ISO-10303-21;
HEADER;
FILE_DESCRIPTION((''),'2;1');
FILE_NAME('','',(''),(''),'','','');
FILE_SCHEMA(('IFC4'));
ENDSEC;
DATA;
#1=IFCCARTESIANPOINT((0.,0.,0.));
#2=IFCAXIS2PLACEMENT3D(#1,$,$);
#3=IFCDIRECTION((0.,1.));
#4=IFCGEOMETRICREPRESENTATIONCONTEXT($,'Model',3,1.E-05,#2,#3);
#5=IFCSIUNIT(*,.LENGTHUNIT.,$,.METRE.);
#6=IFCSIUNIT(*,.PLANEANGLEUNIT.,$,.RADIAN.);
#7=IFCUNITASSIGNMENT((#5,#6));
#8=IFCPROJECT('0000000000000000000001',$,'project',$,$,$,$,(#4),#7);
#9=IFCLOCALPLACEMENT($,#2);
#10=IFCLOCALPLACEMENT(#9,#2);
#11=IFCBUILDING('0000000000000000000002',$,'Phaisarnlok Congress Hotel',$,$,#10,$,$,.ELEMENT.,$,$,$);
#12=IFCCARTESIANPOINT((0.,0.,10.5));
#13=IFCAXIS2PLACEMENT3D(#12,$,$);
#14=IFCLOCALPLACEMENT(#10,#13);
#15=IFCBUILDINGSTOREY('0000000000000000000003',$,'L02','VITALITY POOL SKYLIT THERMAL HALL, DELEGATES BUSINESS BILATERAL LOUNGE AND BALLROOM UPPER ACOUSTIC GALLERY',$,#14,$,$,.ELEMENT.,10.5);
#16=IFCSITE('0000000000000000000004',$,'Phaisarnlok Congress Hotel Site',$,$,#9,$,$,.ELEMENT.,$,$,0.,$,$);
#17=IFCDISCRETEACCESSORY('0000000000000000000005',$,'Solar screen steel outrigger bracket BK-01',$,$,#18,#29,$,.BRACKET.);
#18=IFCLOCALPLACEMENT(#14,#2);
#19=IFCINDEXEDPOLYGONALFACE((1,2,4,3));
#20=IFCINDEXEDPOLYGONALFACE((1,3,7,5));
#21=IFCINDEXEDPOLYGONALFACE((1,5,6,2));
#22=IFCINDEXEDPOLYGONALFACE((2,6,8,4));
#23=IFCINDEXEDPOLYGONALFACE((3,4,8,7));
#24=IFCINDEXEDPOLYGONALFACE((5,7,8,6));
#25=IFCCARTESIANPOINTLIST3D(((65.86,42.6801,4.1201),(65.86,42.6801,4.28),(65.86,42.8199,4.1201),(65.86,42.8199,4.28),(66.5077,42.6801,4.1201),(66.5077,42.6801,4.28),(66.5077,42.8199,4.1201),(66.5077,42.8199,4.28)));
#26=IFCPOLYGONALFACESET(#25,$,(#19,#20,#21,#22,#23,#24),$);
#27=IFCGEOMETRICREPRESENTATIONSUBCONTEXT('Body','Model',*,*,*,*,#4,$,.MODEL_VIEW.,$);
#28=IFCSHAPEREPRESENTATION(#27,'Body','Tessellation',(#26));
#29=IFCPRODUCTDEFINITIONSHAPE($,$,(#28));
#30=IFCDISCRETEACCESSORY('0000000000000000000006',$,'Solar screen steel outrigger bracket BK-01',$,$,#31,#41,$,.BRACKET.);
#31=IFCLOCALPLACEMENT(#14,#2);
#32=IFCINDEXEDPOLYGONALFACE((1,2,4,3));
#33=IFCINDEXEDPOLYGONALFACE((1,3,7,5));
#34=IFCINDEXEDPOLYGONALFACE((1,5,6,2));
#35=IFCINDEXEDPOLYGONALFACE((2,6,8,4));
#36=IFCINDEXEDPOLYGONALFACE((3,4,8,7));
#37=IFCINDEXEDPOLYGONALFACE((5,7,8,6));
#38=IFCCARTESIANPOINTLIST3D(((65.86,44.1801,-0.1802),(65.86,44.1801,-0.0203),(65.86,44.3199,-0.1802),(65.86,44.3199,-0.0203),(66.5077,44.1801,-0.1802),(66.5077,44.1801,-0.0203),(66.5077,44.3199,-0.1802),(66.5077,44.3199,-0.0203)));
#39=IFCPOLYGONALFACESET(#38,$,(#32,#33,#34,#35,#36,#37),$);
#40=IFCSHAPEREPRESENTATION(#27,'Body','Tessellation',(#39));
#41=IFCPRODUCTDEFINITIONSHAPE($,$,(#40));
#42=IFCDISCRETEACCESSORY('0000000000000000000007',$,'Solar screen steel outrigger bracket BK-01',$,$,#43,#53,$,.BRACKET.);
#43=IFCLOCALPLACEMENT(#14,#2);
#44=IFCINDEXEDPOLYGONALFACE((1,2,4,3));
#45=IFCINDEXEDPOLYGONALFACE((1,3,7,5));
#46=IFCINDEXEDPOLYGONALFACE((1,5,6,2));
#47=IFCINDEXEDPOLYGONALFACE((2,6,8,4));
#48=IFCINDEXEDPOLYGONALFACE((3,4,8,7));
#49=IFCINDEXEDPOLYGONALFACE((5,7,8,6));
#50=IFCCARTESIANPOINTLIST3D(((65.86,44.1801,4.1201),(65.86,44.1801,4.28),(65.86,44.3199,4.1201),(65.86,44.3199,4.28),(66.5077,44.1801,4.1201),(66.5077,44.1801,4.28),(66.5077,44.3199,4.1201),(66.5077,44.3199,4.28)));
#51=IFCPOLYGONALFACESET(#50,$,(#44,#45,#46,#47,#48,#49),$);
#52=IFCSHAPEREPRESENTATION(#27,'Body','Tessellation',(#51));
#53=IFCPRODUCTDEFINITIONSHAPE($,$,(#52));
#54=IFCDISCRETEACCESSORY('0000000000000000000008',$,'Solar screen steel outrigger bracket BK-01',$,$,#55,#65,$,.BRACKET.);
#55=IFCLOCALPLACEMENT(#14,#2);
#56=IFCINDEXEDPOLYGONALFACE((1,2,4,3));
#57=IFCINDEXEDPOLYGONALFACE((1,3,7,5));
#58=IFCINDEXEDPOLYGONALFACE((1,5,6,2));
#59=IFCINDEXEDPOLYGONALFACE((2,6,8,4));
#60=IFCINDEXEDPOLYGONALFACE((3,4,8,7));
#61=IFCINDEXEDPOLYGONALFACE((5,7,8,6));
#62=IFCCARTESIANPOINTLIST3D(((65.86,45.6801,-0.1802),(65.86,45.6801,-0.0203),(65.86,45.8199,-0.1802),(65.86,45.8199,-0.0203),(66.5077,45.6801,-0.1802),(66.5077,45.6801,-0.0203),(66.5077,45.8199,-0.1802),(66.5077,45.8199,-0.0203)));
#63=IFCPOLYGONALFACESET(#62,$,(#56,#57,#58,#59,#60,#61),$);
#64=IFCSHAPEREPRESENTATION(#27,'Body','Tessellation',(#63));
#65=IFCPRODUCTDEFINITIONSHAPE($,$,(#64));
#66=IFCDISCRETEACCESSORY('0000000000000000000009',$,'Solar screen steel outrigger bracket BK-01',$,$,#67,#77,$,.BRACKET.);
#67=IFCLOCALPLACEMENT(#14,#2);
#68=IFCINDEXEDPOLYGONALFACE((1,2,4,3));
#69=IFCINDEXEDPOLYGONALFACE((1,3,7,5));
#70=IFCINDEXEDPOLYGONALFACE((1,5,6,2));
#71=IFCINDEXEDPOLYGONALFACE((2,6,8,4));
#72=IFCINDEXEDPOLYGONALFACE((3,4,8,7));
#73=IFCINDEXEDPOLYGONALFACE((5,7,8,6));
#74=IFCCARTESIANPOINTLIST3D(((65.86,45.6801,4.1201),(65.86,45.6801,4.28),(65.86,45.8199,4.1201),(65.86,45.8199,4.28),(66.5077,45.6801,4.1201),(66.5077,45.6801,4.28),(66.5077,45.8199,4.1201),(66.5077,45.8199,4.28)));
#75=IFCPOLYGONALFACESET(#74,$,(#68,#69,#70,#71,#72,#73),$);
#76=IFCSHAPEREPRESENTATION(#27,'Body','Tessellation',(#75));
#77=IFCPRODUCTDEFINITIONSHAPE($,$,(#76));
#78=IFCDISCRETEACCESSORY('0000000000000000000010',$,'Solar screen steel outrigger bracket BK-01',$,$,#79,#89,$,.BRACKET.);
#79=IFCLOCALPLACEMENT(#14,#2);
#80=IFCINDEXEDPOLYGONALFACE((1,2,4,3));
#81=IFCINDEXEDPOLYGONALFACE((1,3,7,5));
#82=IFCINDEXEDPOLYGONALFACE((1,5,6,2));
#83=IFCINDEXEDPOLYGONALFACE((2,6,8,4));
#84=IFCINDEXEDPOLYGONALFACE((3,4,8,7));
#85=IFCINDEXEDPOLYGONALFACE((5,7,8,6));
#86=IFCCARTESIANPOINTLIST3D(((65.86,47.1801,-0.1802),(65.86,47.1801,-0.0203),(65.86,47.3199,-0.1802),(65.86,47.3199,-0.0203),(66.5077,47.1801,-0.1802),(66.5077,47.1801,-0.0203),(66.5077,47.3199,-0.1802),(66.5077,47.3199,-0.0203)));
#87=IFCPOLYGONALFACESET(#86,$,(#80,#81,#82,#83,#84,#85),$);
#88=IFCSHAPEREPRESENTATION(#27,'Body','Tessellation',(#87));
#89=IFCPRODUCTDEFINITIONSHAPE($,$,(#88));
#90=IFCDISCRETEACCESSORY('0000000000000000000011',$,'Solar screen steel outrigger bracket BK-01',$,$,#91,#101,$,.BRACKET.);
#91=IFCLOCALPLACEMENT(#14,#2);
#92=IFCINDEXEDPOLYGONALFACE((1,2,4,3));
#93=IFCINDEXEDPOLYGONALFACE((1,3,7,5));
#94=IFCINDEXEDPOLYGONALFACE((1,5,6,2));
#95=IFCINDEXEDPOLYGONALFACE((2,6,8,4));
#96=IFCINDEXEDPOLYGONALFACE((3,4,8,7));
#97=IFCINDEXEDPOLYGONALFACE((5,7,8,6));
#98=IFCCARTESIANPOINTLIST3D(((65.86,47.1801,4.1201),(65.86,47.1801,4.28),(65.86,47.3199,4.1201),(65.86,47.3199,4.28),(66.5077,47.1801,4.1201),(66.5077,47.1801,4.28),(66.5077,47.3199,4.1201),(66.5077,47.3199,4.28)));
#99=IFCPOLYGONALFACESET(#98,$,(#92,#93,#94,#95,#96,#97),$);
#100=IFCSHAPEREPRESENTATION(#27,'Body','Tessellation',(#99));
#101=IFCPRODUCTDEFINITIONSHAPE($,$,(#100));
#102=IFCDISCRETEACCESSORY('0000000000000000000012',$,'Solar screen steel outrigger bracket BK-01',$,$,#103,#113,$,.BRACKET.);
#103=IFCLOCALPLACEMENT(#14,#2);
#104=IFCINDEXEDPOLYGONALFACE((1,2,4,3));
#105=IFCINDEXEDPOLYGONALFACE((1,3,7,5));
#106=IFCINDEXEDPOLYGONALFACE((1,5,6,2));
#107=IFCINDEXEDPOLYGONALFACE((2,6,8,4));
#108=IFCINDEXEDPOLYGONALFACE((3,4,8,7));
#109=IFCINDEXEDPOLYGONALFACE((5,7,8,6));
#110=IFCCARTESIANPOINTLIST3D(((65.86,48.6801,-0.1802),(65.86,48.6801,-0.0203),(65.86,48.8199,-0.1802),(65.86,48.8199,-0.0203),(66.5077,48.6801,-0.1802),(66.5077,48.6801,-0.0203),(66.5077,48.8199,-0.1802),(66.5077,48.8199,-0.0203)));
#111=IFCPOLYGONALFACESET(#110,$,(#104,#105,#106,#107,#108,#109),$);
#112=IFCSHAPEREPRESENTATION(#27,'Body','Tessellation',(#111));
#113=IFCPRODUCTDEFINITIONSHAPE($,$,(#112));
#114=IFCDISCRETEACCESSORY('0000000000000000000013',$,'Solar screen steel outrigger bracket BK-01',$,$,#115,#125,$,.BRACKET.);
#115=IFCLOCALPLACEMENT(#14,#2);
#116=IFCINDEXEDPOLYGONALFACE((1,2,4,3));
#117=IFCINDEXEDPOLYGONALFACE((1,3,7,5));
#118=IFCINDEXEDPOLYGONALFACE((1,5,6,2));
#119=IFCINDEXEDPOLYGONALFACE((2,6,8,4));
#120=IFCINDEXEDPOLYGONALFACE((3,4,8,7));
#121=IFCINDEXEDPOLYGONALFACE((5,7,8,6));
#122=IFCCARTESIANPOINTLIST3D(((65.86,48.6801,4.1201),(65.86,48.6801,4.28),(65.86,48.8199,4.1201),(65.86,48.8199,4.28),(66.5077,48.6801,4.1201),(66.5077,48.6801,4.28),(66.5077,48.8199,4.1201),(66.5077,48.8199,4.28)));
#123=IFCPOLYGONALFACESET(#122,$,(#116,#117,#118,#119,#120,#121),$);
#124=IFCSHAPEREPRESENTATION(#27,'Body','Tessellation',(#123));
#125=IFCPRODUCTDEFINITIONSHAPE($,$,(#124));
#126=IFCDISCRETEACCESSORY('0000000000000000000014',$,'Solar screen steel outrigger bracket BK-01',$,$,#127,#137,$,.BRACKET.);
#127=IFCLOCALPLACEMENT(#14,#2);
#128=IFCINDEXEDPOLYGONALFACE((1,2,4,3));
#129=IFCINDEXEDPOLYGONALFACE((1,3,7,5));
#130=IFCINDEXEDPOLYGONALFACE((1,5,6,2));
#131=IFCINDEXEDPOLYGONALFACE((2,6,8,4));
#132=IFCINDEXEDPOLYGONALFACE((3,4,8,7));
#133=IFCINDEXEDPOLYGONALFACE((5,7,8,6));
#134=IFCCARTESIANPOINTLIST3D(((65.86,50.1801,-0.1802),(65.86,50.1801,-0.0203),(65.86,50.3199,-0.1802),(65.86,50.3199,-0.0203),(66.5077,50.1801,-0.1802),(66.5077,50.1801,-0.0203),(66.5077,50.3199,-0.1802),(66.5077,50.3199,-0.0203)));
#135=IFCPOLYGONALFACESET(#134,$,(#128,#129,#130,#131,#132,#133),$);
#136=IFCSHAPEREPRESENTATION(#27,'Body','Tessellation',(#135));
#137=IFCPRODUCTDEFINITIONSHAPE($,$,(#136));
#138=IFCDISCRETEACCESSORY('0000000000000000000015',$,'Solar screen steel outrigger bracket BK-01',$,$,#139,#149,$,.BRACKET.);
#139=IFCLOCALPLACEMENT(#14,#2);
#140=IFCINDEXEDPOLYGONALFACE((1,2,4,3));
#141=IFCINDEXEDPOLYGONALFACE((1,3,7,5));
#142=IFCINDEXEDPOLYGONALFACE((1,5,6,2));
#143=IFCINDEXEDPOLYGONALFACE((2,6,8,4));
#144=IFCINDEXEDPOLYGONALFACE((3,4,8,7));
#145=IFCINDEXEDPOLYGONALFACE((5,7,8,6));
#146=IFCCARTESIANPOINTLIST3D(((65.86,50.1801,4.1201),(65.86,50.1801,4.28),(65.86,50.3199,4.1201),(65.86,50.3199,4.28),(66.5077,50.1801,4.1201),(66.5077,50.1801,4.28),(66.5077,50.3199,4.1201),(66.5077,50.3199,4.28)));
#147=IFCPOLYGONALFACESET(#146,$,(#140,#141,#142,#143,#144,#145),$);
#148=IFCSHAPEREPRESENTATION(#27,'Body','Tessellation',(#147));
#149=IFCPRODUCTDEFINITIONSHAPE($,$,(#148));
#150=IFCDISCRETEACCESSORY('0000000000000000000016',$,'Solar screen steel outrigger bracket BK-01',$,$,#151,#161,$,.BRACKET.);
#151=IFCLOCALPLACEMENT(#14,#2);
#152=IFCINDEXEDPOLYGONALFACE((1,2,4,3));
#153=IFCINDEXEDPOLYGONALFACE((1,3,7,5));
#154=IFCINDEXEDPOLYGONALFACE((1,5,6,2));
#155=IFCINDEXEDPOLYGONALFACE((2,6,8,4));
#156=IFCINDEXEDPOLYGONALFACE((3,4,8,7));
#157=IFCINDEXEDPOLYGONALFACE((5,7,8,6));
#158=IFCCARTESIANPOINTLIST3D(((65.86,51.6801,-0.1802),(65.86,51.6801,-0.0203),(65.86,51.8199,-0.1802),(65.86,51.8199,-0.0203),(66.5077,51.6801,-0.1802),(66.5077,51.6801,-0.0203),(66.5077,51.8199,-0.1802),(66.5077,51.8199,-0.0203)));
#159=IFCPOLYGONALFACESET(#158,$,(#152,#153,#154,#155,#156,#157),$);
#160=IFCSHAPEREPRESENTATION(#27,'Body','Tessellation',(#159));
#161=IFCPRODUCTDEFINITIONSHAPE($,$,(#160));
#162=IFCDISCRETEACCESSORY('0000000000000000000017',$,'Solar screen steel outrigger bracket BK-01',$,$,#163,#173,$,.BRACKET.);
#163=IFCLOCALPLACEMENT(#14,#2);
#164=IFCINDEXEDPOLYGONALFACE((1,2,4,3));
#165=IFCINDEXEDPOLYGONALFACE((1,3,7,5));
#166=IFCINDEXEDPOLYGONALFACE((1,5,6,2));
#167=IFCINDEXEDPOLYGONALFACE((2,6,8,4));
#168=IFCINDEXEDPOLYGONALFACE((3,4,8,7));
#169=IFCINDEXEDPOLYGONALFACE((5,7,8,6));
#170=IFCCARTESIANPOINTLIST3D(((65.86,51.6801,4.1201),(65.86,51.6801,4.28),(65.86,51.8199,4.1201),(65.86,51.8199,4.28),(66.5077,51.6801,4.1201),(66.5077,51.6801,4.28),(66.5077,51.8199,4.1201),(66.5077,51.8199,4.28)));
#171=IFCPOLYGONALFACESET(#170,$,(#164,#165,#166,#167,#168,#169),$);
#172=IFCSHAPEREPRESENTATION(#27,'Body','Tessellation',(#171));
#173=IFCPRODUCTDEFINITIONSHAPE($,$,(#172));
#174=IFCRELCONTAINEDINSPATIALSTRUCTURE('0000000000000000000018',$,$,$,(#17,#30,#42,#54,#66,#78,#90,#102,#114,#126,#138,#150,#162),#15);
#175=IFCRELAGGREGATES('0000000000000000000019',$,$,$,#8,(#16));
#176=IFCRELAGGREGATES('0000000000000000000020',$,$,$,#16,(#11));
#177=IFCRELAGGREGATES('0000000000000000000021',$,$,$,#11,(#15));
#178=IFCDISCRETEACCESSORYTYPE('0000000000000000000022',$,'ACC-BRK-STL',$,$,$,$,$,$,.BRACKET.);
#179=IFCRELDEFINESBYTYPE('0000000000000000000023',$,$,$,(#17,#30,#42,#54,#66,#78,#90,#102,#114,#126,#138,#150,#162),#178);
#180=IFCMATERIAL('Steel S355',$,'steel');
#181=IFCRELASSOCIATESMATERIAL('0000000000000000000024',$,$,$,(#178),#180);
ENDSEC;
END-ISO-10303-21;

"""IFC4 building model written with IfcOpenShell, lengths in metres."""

from ifc_helpers import new_model, si_unit, direction, frame, origin, origin_2d, place, context, subcontext, project, spatial, rectangle, extrude, material, type_object, element, save


model = new_model("IFC4")

# Units and contexts
model_context = context("Model", 3, precision=1e-05, world=origin(), true_north=direction((0.0, 1.0)))
body_context = subcontext(model_context, "Body", "Model", "MODEL_VIEW")
ifc_project = project(units=[si_unit("LENGTHUNIT", "METRE"), si_unit("PLANEANGLEUNIT", "RADIAN")], contexts=[model_context])

# Site, building, storey
site_placement = place(None, origin())
site = spatial("IfcSite", under=ifc_project, at=site_placement, Name="Phaisarnlok Congress Hotel Site", CompositionType="ELEMENT", RefElevation=0.0)
building_placement = place(site_placement, origin())
building = spatial("IfcBuilding", under=site, at=building_placement, Name="Phaisarnlok Congress Hotel", CompositionType="ELEMENT")
storey_placement = place(building_placement, frame((0.0, 0.0, 10.5)))
storey = spatial("IfcBuildingStorey", under=building, at=storey_placement, Name="L02", Description="VITALITY POOL SKYLIT THERMAL HALL, DELEGATES BUSINESS BILATERAL LOUNGE AND BALLROOM UPPER ACOUSTIC GALLERY", CompositionType="ELEMENT", Elevation=10.5)

# Discrete accessories
ifc_material_1 = material(Name="Steel S355", Category="steel")
discrete_accessory_type = type_object("IfcDiscreteAccessoryType", Name="ACC-BRK-STL", PredefinedType="BRACKET", material=ifc_material_1)
for number, where, z_axis, x_axis, name in (
    (1, (66.1838, 42.75, 4.1201), (0.0, 0.0, 1.0), (1.0, 0.0, 0.0), "Solar screen steel outrigger bracket BK-01"),
    (2, (66.1838, 44.25, -0.1802), (0.0, 0.0, 1.0), (1.0, 0.0, 0.0), "Solar screen steel outrigger bracket BK-01"),
    (3, (66.1838, 44.25, 4.1201), (0.0, 0.0, 1.0), (1.0, 0.0, 0.0), "Solar screen steel outrigger bracket BK-01"),
    (4, (66.1838, 45.75, -0.1802), (0.0, 0.0, 1.0), (1.0, 0.0, 0.0), "Solar screen steel outrigger bracket BK-01"),
    (5, (66.1838, 45.75, 4.1201), (0.0, 0.0, 1.0), (1.0, 0.0, 0.0), "Solar screen steel outrigger bracket BK-01"),
    (6, (66.1838, 47.25, -0.1802), (0.0, 0.0, 1.0), (1.0, 0.0, 0.0), "Solar screen steel outrigger bracket BK-01"),
    (7, (66.1838, 47.25, 4.1201), (0.0, 0.0, 1.0), (1.0, 0.0, 0.0), "Solar screen steel outrigger bracket BK-01"),
    (8, (66.1838, 48.75, -0.1802), (0.0, 0.0, 1.0), (1.0, 0.0, 0.0), "Solar screen steel outrigger bracket BK-01"),
    (9, (66.1838, 48.75, 4.1201), (0.0, 0.0, 1.0), (1.0, 0.0, 0.0), "Solar screen steel outrigger bracket BK-01"),
    (10, (66.1838, 50.25, -0.1802), (0.0, 0.0, 1.0), (1.0, 0.0, 0.0), "Solar screen steel outrigger bracket BK-01"),
    (11, (66.1838, 50.25, 4.1201), (0.0, 0.0, 1.0), (1.0, 0.0, 0.0), "Solar screen steel outrigger bracket BK-01"),
    (12, (66.1838, 51.75, -0.1802), (0.0, 0.0, 1.0), (1.0, 0.0, 0.0), "Solar screen steel outrigger bracket BK-01"),
    (13, (66.1838, 51.75, 4.1201), (0.0, 0.0, 1.0), (1.0, 0.0, 0.0), "Solar screen steel outrigger bracket BK-01"),
):
    element("IfcDiscreteAccessory", number, at=place(storey_placement, frame(where, z_axis=z_axis, x_axis=x_axis)), inside=storey, type_object=discrete_accessory_type, Name=name, PredefinedType="BRACKET", context=body_context, shape_type="SweptSolid", body=[
        extrude(rectangle(XDim=0.6477, YDim=0.1399, at=origin_2d()), origin(), (0.0, 0.0, 1.0), 0.1599),
    ])

save(model, "model.ifc")
